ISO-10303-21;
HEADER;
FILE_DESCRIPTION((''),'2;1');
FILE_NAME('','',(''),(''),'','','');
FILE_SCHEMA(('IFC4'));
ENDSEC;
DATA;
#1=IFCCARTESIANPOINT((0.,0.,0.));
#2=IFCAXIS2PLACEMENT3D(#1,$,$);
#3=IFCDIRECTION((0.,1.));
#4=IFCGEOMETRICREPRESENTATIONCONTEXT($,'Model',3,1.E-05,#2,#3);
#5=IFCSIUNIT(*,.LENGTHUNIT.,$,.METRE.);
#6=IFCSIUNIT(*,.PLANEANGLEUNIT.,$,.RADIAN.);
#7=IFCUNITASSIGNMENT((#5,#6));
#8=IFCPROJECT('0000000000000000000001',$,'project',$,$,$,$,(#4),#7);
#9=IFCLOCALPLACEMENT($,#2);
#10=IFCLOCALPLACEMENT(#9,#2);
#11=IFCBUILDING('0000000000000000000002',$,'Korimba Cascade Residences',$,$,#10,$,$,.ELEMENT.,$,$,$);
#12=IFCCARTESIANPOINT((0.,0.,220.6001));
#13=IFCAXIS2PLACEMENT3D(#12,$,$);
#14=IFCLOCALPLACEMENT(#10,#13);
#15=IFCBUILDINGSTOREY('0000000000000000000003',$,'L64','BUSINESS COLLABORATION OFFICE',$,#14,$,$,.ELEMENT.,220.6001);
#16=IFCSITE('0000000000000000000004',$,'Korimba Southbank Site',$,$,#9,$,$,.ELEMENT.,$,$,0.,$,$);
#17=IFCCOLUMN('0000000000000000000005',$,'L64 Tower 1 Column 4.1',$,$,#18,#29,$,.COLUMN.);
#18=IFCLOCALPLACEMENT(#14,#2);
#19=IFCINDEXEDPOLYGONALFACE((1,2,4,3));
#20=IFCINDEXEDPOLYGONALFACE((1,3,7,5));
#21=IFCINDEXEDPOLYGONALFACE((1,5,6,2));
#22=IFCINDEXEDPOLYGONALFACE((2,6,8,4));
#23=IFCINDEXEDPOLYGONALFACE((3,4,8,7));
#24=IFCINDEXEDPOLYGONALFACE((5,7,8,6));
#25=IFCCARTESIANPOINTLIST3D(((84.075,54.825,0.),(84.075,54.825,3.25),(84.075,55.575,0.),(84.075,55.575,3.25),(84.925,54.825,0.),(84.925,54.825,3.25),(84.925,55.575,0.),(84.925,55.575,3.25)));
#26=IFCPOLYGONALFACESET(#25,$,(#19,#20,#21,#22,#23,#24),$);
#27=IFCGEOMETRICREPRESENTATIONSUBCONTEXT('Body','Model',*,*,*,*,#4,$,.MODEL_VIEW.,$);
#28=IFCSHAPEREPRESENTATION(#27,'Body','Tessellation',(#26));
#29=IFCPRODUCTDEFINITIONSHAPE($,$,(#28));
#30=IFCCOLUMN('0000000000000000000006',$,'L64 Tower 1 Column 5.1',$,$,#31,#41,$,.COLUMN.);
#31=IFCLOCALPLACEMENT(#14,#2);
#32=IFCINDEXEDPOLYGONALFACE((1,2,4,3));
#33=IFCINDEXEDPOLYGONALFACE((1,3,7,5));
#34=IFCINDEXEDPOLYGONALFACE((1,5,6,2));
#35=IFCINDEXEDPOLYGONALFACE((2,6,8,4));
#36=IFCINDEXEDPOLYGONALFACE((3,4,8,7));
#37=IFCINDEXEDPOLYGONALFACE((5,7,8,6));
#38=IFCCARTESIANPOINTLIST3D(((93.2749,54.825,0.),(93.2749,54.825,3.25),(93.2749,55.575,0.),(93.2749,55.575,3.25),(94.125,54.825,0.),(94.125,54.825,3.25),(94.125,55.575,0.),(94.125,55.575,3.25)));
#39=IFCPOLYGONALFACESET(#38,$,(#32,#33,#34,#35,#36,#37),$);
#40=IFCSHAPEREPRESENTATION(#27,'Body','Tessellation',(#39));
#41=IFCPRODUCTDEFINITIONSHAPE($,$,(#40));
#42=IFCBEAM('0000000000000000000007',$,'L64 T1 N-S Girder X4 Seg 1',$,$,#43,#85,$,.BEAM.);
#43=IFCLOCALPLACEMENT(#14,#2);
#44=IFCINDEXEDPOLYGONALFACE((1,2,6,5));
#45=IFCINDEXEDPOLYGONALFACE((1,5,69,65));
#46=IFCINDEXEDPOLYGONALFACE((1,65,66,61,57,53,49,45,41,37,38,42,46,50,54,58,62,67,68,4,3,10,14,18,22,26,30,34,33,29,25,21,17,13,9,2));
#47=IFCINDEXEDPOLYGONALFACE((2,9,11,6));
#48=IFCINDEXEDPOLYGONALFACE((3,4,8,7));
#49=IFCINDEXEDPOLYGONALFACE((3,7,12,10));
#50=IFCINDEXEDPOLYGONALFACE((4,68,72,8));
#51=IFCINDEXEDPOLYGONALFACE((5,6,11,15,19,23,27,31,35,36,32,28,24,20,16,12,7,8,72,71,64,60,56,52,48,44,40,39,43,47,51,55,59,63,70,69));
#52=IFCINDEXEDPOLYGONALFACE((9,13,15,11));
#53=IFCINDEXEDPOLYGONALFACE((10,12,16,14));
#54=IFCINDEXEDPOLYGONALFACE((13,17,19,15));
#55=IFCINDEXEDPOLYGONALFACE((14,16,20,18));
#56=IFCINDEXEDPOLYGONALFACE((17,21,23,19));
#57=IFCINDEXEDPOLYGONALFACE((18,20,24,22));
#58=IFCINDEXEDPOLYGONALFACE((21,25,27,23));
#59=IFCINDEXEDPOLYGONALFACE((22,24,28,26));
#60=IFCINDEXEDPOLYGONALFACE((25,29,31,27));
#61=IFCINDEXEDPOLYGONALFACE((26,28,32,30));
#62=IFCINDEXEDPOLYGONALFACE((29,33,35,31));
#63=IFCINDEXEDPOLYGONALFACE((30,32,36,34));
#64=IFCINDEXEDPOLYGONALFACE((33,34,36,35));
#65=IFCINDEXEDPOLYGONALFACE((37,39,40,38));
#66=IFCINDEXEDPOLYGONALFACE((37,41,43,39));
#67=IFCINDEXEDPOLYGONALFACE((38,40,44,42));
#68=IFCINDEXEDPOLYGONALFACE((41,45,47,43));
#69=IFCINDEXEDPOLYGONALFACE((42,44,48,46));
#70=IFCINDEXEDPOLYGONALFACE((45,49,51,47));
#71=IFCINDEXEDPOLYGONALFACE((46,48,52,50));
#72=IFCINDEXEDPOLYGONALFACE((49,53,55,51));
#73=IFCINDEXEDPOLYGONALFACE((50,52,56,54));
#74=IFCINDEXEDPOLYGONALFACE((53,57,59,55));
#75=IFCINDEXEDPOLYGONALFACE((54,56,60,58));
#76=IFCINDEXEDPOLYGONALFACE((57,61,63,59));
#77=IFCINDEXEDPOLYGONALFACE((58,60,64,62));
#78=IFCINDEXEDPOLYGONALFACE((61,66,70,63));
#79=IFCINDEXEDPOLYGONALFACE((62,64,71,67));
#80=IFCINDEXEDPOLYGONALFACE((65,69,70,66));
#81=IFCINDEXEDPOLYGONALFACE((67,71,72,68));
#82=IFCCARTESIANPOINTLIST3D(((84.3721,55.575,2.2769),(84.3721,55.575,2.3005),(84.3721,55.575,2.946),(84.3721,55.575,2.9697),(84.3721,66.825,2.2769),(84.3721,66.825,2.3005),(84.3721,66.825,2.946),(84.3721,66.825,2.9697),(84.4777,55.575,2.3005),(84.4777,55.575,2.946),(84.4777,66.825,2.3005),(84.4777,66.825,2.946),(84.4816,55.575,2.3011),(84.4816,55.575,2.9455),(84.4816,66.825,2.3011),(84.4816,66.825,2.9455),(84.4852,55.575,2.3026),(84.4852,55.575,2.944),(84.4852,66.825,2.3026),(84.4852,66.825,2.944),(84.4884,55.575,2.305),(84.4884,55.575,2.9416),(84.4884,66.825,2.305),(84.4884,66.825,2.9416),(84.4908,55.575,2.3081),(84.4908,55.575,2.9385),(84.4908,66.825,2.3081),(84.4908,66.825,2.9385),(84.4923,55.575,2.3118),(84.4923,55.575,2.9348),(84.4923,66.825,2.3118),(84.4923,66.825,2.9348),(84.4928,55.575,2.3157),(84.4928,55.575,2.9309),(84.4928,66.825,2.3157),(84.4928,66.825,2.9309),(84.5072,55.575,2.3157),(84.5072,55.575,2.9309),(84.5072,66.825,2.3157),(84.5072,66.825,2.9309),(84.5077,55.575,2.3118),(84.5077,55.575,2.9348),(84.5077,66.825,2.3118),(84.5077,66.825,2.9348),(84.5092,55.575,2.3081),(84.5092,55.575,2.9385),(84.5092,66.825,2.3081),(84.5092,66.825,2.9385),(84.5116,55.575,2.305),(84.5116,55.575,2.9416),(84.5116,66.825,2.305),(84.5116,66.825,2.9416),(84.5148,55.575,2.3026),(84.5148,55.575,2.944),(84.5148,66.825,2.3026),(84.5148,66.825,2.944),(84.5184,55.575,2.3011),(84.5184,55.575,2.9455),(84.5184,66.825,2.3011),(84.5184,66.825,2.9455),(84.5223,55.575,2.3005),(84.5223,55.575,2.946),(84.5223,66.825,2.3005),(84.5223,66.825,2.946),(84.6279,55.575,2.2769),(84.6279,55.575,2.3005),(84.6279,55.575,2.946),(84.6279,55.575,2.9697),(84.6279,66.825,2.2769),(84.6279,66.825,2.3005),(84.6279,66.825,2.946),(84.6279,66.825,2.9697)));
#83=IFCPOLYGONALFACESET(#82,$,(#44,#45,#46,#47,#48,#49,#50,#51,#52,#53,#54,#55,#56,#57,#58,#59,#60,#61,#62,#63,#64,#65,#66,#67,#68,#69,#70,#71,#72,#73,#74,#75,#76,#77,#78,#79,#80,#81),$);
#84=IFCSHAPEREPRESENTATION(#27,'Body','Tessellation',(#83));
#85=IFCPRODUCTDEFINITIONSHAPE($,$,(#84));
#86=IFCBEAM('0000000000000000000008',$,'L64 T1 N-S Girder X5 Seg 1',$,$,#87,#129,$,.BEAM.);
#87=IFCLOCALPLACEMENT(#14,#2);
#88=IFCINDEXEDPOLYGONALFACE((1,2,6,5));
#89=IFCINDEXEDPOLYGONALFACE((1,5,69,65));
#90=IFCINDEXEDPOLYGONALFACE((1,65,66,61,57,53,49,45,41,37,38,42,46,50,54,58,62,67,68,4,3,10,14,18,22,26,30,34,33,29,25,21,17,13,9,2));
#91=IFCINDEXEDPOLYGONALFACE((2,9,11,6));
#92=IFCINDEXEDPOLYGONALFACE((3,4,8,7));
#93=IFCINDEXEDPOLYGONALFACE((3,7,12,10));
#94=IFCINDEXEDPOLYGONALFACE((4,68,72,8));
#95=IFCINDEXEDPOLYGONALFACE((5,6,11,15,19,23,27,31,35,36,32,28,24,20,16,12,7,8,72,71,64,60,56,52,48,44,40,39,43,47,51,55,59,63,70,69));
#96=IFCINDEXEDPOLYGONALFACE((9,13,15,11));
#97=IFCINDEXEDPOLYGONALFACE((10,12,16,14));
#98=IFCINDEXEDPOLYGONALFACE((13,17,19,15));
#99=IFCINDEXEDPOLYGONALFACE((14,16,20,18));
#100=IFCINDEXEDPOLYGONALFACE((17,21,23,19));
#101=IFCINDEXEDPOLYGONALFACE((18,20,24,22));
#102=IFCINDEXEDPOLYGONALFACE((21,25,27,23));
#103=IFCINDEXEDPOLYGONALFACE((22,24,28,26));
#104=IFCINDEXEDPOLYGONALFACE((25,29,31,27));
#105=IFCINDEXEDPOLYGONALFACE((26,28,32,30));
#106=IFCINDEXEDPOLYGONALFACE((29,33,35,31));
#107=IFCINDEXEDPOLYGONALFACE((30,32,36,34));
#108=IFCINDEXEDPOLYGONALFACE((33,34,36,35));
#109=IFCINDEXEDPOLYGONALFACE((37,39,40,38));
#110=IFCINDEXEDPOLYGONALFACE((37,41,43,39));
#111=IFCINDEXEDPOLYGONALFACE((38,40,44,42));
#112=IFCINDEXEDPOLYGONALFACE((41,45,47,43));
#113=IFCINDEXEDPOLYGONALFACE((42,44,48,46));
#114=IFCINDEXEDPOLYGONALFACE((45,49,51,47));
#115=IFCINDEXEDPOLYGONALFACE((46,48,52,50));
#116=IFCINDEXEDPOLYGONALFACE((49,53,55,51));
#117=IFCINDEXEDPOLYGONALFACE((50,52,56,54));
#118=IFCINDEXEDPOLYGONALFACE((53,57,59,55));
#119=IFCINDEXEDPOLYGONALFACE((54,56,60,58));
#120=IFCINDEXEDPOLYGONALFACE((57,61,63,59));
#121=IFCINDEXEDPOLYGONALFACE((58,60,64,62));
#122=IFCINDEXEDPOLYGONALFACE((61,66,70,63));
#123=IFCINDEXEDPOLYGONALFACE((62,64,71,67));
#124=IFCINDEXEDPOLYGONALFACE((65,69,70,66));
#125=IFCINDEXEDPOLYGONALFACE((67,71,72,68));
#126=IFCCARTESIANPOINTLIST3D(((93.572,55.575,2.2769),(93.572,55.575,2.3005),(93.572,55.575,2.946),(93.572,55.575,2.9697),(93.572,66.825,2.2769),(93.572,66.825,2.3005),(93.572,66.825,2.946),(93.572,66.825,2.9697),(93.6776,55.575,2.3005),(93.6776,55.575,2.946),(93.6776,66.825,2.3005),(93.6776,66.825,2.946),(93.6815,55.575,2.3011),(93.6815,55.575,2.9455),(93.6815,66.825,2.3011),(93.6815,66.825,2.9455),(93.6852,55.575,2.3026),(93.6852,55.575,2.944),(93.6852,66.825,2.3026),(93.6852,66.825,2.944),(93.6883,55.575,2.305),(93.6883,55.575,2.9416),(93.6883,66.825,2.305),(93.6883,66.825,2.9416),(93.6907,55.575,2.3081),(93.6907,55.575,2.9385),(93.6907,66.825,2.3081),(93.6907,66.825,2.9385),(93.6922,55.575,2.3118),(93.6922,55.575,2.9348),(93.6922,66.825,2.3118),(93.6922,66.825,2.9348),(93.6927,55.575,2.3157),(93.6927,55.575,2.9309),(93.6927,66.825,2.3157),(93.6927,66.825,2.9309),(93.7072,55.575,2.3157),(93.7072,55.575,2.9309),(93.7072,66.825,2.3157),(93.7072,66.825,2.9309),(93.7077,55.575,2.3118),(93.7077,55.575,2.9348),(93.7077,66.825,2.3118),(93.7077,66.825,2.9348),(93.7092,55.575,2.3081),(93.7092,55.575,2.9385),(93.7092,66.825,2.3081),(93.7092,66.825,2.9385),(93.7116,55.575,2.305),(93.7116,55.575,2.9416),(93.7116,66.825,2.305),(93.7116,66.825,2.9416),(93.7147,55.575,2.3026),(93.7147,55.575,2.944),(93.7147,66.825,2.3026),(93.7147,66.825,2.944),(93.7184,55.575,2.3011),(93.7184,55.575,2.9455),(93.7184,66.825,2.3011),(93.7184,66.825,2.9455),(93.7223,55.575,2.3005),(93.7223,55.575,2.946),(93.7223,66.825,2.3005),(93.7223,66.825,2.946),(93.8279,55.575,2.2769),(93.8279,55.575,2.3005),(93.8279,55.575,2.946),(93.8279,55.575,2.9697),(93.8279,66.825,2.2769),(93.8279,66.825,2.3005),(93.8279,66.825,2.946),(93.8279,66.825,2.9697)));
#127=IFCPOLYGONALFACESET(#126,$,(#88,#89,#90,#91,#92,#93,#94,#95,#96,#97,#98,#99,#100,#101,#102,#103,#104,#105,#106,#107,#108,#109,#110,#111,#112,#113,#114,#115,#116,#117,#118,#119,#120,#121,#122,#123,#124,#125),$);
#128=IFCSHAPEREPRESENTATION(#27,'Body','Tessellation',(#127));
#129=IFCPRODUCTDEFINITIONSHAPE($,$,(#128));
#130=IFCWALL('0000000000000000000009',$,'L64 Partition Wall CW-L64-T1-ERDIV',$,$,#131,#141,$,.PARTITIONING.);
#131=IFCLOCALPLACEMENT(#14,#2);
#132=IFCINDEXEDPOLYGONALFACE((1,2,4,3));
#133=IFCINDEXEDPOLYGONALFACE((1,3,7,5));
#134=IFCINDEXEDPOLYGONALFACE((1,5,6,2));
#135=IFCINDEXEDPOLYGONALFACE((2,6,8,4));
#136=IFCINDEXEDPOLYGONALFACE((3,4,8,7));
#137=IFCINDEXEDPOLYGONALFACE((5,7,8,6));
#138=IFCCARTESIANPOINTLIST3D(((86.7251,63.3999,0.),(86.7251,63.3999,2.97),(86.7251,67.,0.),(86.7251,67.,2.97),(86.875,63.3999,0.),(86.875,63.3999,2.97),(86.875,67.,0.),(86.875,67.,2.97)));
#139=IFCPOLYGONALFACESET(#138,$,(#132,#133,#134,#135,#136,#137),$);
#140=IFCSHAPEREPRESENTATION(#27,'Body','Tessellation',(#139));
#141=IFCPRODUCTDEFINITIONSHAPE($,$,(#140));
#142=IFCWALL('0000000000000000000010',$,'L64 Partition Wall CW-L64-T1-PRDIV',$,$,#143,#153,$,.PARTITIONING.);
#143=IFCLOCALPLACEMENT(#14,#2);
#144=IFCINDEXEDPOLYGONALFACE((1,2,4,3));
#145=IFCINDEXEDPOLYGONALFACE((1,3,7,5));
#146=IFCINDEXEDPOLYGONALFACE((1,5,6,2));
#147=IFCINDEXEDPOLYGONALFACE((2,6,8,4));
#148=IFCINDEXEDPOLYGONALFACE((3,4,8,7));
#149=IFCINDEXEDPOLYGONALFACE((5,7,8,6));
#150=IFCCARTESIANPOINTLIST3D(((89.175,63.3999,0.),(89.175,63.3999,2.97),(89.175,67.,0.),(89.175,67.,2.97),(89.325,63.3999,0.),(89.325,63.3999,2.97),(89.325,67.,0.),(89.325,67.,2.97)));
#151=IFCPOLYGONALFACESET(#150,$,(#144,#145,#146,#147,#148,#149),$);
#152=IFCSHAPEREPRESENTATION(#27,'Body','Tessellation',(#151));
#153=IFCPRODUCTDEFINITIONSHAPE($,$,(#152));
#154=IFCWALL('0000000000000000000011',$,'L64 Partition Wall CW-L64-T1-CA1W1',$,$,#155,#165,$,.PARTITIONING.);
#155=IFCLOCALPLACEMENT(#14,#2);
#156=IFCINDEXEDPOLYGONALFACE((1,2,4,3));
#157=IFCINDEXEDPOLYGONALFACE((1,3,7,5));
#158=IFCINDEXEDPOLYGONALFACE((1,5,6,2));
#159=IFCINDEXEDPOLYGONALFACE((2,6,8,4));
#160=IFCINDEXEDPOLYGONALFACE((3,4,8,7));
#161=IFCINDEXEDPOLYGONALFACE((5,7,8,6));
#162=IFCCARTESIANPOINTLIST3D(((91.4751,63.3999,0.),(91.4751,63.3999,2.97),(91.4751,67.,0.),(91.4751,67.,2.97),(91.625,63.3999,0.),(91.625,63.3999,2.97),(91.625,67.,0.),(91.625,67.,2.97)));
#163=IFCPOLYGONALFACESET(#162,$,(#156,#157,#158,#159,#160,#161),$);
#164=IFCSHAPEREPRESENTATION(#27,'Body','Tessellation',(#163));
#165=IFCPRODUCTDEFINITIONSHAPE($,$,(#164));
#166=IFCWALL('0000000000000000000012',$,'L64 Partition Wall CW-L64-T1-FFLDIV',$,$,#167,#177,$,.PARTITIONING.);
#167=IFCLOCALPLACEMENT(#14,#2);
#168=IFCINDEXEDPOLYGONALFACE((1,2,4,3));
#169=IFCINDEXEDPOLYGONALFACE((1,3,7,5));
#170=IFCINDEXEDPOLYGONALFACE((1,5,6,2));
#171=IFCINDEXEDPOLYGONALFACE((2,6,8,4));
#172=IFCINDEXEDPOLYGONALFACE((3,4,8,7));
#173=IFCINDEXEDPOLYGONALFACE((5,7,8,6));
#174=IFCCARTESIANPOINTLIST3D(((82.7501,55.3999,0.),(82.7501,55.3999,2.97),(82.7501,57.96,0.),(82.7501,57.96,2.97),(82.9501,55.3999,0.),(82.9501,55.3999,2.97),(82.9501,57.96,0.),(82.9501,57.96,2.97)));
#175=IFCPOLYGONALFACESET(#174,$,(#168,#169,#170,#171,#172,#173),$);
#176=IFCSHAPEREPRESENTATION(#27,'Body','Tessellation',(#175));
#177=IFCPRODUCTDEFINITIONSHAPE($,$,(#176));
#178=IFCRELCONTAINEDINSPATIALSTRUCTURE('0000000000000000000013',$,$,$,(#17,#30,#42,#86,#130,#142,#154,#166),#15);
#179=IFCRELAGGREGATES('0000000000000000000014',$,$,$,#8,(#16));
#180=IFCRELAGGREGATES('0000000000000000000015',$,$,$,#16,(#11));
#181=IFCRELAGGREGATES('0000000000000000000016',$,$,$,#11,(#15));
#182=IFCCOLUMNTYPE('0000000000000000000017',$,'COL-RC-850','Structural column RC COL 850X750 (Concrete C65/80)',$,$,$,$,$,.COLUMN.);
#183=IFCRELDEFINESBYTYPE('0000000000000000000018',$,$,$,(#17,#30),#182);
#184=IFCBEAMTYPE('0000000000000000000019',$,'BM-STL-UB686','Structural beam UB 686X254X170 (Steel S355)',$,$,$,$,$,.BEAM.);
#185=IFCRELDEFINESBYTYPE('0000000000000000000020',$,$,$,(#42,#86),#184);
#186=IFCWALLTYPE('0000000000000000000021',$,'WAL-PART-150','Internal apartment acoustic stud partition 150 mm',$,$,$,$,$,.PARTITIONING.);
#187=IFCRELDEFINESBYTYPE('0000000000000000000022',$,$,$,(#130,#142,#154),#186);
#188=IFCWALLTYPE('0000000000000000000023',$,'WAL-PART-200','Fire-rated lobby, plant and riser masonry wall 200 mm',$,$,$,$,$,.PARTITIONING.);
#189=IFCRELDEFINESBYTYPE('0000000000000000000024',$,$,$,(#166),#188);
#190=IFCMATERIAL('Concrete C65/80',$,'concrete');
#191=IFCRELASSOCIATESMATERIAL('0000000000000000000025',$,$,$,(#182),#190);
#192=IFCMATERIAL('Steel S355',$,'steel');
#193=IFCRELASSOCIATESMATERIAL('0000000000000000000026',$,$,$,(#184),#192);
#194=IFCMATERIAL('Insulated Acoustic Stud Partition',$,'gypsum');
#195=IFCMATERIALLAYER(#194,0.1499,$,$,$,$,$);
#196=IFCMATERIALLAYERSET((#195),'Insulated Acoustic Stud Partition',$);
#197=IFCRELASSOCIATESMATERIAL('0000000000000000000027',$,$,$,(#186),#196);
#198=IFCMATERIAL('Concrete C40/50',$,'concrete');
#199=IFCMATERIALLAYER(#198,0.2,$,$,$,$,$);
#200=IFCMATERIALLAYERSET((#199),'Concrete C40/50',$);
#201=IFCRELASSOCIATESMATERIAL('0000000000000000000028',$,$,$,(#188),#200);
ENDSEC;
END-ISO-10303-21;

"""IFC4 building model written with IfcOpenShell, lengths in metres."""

from ifc_helpers import new_model, si_unit, direction, frame, frame_2d, origin, origin_2d, place, context, subcontext, project, spatial, rectangle, i_section, extrude, material, layer, layer_set, material_profile, profile_set, type_object, element, save


model = new_model("IFC4")

# Units and contexts
model_context = context("Model", 3, precision=1e-05, world=origin(), true_north=direction((0.0, 1.0)))
body_context = subcontext(model_context, "Body", "Model", "MODEL_VIEW")
ifc_project = project(units=[si_unit("LENGTHUNIT", "METRE"), si_unit("PLANEANGLEUNIT", "RADIAN")], contexts=[model_context])

# Site, building, storey
site_placement = place(None, origin())
site = spatial("IfcSite", under=ifc_project, at=site_placement, Name="Korimba Southbank Site", CompositionType="ELEMENT", RefElevation=0.0)
building_placement = place(site_placement, origin())
building = spatial("IfcBuilding", under=site, at=building_placement, Name="Korimba Cascade Residences", CompositionType="ELEMENT")
storey_placement = place(building_placement, frame((0.0, 0.0, 220.6001)))
storey = spatial("IfcBuildingStorey", under=building, at=storey_placement, Name="L64", Description="BUSINESS COLLABORATION OFFICE", CompositionType="ELEMENT", Elevation=220.6001)

# Columns
ifc_material_1 = material(Name="Concrete C65/80", Category="concrete")
ifc_material_profile_1 = material_profile(ifc_material_1, rectangle(XDim=0.8501, YDim=0.75, at=origin_2d()), Name="Concrete C65/80")
ifc_profile_set_1 = profile_set([ifc_material_profile_1], Name="Concrete C65/80")
column_type = type_object("IfcColumnType", Name="COL-RC-850", Description="Structural column RC COL 850X750 (Concrete C65/80)", PredefinedType="COLUMN", material=ifc_profile_set_1)
for number, where, z_axis, x_axis, name in (
    (1, (84.5, 55.2, 0.0), (0.0, 0.0, 1.0), (1.0, 0.0, 0.0), "L64 Tower 1 Column 4.1"),
    (2, (93.7, 55.2, 0.0), (0.0, 0.0, 1.0), (1.0, 0.0, 0.0), "L64 Tower 1 Column 5.1"),
):
    element("IfcColumn", number, at=place(storey_placement, frame(where, z_axis=z_axis, x_axis=x_axis)), inside=storey, type_object=column_type, Name=name, PredefinedType="COLUMN", context=body_context, shape_type="SweptSolid", body=[
        extrude(rectangle(XDim=0.8501, YDim=0.75, at=origin_2d()), origin(), (0.0, 0.0, 1.0), 3.25),
    ])

# Beams
ifc_material_2 = material(Name="Steel S355", Category="steel")
ifc_material_profile_2 = material_profile(ifc_material_2, i_section(OverallWidth=0.2559, OverallDepth=0.6929, WebThickness=0.0144, FlangeThickness=0.0237, FilletRadius=0.0151, at=origin_2d()), Name="Steel S355")
ifc_profile_set_2 = profile_set([ifc_material_profile_2], Name="Steel S355")
beam_type = type_object("IfcBeamType", Name="BM-STL-UB686", Description="Structural beam UB 686X254X170 (Steel S355)", PredefinedType="BEAM", material=ifc_profile_set_2)
for number, where, z_axis, x_axis, name in (
    (3, (84.5, 55.575, 2.6233), (0.0, 1.0, 0.0), (-1.0, 0.0, 0.0), "L64 T1 N-S Girder X4 Seg 1"),
    (4, (93.7, 55.575, 2.6233), (0.0, 1.0, 0.0), (-1.0, 0.0, 0.0), "L64 T1 N-S Girder X5 Seg 1"),
):
    element("IfcBeam", number, at=place(storey_placement, frame(where, z_axis=z_axis, x_axis=x_axis)), inside=storey, type_object=beam_type, Name=name, PredefinedType="BEAM", context=body_context, shape_type="SweptSolid", body=[
        extrude(i_section(OverallWidth=0.2559, OverallDepth=0.6929, WebThickness=0.0144, FlangeThickness=0.0237, FilletRadius=0.0151, at=origin_2d()), origin(), (0.0, 0.0, 1.0), 11.25),
    ])

# Walls
ifc_material_3 = material(Name="Insulated Acoustic Stud Partition", Category="gypsum")
ifc_layer_1 = layer(ifc_material_3, 0.1499)
ifc_layer_set_1 = layer_set([ifc_layer_1], Name="Insulated Acoustic Stud Partition")
wall_type_1 = type_object("IfcWallType", Name="WAL-PART-150", Description="Internal apartment acoustic stud partition 150 mm", PredefinedType="PARTITIONING", material=ifc_layer_set_1)
for number, where, z_axis, x_axis, name in (
    (5, (86.8, 63.3999, 0.0), (0.0, 0.0, 1.0), (0.0, 1.0, 0.0), "L64 Partition Wall CW-L64-T1-ERDIV"),
    (6, (89.25, 63.3999, 0.0), (0.0, 0.0, 1.0), (0.0, 1.0, 0.0), "L64 Partition Wall CW-L64-T1-PRDIV"),
    (7, (91.55, 63.3999, 0.0), (0.0, 0.0, 1.0), (0.0, 1.0, 0.0), "L64 Partition Wall CW-L64-T1-CA1W1"),
):
    element("IfcWall", number, at=place(storey_placement, frame(where, z_axis=z_axis, x_axis=x_axis)), inside=storey, type_object=wall_type_1, Name=name, PredefinedType="PARTITIONING", context=body_context, shape_type="SweptSolid", body=[
        extrude(rectangle(XDim=3.6001, YDim=0.1499, at=frame_2d((1.8, 0.0))), origin(), (0.0, 0.0, 1.0), 2.97),
    ])
ifc_material_4 = material(Name="Concrete C40/50", Category="concrete")
ifc_layer_2 = layer(ifc_material_4, 0.2)
ifc_layer_set_2 = layer_set([ifc_layer_2], Name="Concrete C40/50")
wall_type_2 = type_object("IfcWallType", Name="WAL-PART-200", Description="Fire-rated lobby, plant and riser masonry wall 200 mm", PredefinedType="PARTITIONING", material=ifc_layer_set_2)
wall_1_placement = place(storey_placement, frame((82.8501, 55.3999, 0.0), z_axis=(0.0, 0.0, 1.0), x_axis=(0.0, 1.0, 0.0)))
element("IfcWall", 8, at=wall_1_placement, inside=storey, type_object=wall_type_2, Name="L64 Partition Wall CW-L64-T1-FFLDIV", PredefinedType="PARTITIONING", context=body_context, shape_type="SweptSolid", body=[
    extrude(rectangle(XDim=2.5601, YDim=0.2, at=frame_2d((1.28, 0.0))), origin(), (0.0, 0.0, 1.0), 2.97),
])

save(model, "model.ifc")
